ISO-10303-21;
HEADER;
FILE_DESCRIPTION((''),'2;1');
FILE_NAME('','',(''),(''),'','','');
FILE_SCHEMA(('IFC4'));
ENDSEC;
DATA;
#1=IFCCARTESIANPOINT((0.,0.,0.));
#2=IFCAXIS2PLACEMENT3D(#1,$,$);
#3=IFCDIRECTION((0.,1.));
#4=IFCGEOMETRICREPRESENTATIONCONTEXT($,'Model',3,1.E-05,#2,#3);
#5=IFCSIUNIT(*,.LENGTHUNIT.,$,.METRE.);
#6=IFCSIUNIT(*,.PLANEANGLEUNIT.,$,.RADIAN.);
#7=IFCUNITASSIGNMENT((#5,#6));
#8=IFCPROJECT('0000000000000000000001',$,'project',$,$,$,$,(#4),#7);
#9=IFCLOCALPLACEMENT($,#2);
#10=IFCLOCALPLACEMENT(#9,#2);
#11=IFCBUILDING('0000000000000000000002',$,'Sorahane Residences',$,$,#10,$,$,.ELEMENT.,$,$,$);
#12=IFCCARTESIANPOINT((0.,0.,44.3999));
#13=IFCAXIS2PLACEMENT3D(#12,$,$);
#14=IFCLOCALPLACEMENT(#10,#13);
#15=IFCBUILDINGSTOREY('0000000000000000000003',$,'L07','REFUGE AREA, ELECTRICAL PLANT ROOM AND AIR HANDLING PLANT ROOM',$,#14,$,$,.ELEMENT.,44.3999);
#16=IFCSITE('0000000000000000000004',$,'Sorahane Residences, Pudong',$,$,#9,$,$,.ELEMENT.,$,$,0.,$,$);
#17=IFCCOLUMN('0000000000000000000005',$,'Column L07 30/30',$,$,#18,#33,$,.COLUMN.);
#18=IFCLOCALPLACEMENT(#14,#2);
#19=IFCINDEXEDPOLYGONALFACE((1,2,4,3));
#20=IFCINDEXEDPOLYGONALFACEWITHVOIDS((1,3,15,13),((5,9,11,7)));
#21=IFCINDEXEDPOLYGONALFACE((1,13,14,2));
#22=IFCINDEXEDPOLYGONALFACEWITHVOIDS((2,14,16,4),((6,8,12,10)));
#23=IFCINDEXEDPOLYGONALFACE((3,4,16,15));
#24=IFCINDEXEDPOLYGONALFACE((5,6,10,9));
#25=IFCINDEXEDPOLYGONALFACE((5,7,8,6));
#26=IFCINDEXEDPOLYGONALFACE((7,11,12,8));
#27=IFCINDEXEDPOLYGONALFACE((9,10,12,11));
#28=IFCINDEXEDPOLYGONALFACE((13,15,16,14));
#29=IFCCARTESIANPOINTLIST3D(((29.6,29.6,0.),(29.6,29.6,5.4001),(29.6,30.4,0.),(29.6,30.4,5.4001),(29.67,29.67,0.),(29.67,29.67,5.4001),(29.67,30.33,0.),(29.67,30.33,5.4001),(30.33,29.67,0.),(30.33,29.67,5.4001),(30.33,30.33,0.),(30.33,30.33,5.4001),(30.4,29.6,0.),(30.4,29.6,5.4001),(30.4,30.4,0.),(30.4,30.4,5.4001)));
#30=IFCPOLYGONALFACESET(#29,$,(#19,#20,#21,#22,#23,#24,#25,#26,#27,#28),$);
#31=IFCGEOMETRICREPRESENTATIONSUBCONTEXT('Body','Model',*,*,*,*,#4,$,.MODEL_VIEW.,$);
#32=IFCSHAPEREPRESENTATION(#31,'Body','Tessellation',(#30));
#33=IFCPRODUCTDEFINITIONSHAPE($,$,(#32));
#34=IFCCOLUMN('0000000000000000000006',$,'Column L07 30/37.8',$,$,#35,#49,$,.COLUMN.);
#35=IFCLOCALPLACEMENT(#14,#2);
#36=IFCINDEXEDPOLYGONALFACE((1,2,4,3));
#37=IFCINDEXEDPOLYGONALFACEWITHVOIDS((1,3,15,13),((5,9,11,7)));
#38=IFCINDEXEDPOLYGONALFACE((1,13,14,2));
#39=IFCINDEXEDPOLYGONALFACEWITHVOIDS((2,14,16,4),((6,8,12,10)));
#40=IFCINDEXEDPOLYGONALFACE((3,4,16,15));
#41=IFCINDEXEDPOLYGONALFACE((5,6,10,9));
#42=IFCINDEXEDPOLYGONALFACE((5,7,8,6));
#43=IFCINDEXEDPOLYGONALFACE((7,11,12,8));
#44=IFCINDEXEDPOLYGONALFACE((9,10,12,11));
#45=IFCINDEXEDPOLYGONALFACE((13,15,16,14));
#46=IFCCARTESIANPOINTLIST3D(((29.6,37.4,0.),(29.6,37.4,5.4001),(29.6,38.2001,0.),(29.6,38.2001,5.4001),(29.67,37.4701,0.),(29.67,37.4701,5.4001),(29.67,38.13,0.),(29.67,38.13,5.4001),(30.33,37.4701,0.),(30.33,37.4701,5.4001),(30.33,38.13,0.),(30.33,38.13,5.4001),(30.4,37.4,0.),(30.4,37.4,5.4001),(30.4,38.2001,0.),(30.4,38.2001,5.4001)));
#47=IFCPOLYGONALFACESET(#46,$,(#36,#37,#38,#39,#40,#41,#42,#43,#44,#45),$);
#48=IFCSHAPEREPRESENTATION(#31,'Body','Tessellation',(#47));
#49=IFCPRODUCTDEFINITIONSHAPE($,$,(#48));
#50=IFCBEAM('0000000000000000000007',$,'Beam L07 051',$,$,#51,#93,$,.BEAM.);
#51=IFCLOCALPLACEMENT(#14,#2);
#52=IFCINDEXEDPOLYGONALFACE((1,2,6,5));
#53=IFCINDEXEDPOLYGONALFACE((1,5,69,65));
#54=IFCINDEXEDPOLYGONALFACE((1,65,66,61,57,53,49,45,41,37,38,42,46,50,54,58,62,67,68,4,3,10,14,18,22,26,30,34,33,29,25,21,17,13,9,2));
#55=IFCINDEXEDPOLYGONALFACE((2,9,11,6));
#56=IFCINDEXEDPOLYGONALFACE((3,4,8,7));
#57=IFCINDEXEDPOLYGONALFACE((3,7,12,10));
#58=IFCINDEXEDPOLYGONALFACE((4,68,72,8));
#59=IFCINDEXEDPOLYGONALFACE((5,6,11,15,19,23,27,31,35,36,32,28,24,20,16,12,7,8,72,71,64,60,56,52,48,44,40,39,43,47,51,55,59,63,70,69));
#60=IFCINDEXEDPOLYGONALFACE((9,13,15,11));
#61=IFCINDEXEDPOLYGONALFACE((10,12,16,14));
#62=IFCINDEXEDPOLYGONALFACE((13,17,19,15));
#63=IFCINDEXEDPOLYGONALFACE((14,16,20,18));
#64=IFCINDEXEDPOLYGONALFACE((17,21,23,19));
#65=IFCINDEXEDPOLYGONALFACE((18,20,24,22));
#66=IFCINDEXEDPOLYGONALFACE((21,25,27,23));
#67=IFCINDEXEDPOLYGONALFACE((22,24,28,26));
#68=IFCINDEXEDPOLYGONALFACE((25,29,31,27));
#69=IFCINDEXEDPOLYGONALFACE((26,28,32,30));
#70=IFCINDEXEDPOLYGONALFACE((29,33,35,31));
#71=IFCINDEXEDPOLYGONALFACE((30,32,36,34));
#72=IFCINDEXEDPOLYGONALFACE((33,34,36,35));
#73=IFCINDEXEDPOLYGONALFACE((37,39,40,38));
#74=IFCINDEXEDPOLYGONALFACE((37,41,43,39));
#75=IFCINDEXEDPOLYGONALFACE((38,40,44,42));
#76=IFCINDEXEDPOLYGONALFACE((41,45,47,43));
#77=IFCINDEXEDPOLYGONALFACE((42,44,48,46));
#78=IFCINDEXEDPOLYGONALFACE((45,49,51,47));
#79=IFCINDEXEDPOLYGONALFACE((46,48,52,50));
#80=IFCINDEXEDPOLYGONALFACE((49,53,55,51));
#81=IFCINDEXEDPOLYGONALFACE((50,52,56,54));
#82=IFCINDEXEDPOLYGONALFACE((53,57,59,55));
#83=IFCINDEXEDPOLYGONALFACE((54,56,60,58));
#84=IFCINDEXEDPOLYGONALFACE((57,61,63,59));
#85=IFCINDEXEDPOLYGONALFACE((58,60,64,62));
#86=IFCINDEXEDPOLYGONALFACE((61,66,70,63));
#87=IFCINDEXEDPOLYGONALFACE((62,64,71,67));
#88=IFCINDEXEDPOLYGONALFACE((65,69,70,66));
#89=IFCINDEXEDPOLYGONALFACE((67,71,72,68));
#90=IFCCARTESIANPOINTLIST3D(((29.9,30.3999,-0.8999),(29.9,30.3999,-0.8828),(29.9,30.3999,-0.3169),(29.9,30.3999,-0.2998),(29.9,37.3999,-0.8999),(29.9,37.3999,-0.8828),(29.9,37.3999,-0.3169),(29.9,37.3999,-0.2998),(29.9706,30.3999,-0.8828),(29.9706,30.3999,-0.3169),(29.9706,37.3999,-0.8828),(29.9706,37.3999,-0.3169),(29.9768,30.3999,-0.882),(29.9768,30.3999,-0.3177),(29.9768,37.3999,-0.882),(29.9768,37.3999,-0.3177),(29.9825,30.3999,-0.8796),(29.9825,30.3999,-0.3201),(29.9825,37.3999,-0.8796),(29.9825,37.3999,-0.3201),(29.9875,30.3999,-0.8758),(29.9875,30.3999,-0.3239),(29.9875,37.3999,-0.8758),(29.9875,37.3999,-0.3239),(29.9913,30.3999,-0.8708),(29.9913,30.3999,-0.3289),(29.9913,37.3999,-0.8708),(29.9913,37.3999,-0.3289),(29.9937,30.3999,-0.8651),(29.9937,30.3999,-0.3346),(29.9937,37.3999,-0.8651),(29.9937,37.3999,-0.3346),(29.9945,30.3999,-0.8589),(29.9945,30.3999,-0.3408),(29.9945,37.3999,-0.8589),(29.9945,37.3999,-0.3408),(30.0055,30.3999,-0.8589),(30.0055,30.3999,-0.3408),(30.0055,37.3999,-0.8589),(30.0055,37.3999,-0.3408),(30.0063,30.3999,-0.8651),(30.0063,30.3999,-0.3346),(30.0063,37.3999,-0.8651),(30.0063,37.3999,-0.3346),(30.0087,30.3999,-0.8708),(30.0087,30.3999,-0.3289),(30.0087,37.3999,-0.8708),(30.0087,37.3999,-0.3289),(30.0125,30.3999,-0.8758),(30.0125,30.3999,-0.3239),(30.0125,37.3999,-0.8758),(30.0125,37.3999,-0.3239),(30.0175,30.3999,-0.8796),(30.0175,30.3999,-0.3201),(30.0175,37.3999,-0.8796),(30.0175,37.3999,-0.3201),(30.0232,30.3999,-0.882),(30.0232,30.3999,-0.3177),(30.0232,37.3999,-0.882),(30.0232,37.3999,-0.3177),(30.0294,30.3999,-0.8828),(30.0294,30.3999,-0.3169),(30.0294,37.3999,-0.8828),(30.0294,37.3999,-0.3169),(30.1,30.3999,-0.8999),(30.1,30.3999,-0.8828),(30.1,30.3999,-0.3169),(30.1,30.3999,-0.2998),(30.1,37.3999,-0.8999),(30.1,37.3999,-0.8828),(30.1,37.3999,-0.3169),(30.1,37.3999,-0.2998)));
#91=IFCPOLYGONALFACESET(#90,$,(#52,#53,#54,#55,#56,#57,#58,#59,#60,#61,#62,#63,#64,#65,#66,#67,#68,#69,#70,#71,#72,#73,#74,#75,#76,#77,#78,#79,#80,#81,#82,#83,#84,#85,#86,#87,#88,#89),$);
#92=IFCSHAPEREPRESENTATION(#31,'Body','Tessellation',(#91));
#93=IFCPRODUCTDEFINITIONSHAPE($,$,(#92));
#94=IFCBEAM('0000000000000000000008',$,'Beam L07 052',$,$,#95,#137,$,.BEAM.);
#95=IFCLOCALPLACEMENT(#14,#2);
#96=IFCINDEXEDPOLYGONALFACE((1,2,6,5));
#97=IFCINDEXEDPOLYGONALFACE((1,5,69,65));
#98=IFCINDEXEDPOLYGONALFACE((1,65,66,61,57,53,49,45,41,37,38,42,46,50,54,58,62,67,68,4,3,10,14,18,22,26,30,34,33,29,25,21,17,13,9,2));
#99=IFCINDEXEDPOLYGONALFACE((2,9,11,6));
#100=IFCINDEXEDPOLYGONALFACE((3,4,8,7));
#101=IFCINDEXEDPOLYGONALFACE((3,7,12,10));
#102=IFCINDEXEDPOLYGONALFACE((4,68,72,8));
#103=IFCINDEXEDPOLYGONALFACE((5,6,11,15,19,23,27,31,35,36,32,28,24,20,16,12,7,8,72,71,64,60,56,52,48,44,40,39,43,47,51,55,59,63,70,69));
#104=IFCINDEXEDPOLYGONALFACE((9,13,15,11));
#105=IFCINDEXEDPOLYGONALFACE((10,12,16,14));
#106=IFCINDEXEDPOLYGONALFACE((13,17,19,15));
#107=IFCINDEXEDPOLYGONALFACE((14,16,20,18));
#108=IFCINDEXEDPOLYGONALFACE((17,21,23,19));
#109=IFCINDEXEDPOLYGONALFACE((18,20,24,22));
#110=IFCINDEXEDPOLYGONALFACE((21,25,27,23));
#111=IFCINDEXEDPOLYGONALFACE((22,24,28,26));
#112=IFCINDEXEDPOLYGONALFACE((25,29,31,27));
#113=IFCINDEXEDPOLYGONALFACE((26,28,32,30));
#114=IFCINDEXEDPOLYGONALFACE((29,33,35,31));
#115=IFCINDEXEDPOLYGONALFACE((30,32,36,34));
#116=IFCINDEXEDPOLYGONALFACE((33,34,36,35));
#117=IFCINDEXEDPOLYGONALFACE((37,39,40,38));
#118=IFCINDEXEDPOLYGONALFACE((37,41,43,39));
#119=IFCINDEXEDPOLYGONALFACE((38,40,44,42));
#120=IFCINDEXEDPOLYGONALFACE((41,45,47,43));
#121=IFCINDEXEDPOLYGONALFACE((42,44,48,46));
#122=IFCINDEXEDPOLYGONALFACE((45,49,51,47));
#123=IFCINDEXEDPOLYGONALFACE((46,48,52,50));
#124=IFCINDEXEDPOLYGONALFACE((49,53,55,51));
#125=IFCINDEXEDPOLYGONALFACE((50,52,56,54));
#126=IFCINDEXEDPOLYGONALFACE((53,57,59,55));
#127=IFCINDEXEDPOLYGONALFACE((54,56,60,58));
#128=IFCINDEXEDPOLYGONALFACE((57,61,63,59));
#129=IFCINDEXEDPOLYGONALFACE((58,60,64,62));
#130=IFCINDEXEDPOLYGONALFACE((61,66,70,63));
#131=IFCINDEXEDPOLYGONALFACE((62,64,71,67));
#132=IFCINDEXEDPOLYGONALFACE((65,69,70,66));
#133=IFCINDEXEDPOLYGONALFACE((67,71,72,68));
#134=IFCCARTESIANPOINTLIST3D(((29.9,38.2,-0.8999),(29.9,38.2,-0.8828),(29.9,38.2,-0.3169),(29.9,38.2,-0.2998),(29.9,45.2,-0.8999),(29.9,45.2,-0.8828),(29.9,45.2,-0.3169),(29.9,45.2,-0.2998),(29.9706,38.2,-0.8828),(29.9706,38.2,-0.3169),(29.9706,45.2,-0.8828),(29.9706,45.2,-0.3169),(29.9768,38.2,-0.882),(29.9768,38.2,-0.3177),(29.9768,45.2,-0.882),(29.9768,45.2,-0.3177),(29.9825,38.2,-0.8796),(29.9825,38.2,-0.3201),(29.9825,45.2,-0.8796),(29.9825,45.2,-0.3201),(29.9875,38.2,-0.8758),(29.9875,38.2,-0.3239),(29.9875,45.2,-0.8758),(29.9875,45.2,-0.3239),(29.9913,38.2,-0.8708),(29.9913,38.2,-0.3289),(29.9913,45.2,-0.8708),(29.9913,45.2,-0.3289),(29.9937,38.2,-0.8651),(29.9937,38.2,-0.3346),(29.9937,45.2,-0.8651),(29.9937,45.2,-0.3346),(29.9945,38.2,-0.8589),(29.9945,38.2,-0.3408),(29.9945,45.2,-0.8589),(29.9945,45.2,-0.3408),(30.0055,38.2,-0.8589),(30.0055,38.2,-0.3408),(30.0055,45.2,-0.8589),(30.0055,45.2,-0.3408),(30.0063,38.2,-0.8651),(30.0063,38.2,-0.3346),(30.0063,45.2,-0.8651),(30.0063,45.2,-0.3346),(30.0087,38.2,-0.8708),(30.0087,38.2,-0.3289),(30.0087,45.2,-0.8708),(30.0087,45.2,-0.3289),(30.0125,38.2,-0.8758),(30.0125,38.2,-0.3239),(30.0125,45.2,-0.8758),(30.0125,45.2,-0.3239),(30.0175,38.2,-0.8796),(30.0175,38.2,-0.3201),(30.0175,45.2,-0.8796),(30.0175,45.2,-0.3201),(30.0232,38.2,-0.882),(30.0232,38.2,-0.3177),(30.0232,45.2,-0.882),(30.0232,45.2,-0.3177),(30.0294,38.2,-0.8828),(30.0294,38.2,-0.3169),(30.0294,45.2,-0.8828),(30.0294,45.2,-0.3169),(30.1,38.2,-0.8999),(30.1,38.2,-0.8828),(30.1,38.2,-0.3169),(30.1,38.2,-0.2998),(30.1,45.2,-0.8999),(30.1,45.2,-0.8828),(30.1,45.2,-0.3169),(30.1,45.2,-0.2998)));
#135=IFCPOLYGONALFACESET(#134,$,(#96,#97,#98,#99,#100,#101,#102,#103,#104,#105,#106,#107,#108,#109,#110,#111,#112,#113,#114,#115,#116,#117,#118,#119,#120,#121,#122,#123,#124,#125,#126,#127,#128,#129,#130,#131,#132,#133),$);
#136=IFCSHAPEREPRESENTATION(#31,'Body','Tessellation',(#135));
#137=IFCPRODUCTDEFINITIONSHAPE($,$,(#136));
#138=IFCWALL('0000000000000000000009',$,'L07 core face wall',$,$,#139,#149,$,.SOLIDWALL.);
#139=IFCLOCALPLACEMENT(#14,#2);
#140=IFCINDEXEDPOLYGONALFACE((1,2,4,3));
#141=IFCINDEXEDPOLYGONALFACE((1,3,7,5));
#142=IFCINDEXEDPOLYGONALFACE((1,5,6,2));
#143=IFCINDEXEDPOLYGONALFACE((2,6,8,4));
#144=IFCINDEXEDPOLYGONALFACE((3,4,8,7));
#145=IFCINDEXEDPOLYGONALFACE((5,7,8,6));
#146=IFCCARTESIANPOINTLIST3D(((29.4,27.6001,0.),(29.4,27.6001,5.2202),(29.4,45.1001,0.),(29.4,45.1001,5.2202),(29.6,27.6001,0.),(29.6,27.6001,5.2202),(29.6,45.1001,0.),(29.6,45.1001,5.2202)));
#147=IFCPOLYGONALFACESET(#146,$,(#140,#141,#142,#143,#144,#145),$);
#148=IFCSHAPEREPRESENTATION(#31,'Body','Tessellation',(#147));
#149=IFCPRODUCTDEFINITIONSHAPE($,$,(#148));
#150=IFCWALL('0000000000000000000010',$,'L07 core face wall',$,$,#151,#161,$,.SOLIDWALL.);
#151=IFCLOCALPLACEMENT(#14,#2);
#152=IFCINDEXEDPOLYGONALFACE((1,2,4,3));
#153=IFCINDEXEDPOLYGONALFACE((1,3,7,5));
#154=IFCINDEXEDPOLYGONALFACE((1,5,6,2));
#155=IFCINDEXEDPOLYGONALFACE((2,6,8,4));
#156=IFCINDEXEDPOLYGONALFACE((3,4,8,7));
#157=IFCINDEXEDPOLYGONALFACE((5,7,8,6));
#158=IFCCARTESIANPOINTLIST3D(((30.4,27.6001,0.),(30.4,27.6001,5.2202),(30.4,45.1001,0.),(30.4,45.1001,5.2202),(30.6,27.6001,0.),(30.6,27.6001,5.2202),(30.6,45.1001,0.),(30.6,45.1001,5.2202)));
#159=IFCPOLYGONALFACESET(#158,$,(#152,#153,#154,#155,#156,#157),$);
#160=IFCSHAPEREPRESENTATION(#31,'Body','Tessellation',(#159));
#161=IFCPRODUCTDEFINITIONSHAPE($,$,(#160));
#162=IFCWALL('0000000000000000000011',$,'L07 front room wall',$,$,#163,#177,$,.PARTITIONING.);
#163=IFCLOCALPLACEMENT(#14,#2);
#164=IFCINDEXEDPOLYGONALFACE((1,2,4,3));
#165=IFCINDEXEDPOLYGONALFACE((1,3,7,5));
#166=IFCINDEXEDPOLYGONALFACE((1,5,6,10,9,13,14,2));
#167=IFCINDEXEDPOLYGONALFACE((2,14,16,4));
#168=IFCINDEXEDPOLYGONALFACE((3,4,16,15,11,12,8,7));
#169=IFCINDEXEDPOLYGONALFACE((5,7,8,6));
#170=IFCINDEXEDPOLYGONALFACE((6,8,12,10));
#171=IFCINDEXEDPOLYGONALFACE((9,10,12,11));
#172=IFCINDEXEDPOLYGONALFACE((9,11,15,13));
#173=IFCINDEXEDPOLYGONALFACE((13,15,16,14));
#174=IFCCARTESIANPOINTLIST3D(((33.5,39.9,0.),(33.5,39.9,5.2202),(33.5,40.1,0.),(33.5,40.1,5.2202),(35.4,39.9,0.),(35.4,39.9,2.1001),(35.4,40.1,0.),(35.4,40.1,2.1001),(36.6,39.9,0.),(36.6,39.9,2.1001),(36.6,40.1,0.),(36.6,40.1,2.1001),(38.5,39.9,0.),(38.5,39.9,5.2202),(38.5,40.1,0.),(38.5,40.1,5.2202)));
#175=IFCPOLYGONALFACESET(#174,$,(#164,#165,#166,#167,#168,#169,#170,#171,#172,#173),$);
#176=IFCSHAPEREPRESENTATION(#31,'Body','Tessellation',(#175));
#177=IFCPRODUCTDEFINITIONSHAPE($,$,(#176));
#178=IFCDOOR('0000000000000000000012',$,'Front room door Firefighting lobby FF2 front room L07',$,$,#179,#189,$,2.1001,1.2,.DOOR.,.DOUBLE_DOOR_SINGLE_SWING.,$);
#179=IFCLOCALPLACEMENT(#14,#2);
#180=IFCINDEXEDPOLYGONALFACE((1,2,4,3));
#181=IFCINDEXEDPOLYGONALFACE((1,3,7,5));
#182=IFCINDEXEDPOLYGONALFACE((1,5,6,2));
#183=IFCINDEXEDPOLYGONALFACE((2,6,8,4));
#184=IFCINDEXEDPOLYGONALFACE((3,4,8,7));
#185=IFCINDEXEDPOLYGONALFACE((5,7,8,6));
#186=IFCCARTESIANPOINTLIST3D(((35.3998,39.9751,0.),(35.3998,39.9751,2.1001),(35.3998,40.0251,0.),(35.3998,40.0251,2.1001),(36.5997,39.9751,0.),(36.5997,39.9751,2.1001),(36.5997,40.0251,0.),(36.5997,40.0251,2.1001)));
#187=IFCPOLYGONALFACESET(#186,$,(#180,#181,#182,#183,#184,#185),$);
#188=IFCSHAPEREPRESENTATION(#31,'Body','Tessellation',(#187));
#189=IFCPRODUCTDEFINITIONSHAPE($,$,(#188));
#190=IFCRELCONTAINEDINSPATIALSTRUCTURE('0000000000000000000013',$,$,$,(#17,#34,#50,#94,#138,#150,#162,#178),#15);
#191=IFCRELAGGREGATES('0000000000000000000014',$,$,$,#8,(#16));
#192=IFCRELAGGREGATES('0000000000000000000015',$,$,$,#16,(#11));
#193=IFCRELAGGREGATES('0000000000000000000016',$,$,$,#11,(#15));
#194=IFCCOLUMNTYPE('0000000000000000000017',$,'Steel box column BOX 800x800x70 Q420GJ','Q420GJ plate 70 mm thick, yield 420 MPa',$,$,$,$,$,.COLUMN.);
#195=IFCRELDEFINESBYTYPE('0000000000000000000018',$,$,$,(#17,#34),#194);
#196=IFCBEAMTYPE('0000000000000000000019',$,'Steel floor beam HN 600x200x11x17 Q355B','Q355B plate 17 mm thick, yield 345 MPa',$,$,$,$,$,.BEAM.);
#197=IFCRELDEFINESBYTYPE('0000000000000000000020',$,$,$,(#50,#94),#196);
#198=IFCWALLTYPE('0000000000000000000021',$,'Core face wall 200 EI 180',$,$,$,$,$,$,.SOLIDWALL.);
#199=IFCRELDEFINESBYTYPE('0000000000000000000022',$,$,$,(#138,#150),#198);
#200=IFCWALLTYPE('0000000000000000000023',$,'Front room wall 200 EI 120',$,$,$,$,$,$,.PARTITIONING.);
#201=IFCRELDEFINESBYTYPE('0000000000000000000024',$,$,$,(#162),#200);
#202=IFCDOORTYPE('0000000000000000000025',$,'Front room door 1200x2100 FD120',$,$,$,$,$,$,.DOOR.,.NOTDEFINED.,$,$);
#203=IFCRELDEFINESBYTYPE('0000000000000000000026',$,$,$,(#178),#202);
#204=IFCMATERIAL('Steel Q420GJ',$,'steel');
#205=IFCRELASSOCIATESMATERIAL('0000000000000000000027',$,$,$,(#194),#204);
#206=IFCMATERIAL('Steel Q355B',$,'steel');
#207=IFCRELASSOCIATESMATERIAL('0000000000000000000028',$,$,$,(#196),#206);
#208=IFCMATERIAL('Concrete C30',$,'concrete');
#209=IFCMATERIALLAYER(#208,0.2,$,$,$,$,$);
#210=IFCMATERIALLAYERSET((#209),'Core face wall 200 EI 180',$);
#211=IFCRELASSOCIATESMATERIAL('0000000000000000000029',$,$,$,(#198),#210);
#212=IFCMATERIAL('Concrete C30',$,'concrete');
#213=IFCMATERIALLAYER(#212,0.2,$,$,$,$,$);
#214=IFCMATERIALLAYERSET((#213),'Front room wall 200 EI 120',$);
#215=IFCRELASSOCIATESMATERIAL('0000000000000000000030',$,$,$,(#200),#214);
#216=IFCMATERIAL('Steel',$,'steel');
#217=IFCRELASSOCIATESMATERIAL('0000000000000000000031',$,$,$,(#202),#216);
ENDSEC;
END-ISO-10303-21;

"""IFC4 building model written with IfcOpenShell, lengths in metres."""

from ifc_helpers import new_model, si_unit, direction, frame, frame_2d, origin, origin_2d, place, context, subcontext, project, spatial, rectangle, hollow_rectangle, i_section, extrude, material, layer, layer_set, material_profile, profile_set, type_object, element, fill, save


model = new_model("IFC4")

# Units and contexts
model_context = context("Model", 3, precision=1e-05, world=origin(), true_north=direction((0.0, 1.0)))
body_context = subcontext(model_context, "Body", "Model", "MODEL_VIEW")
ifc_project = project(units=[si_unit("LENGTHUNIT", "METRE"), si_unit("PLANEANGLEUNIT", "RADIAN")], contexts=[model_context])

# Site, building, storey
site_placement = place(None, origin())
site = spatial("IfcSite", under=ifc_project, at=site_placement, Name="Sorahane Residences, Pudong", CompositionType="ELEMENT", RefElevation=0.0)
building_placement = place(site_placement, origin())
building = spatial("IfcBuilding", under=site, at=building_placement, Name="Sorahane Residences", CompositionType="ELEMENT")
storey_placement = place(building_placement, frame((0.0, 0.0, 44.3999)))
storey = spatial("IfcBuildingStorey", under=building, at=storey_placement, Name="L07", Description="REFUGE AREA, ELECTRICAL PLANT ROOM AND AIR HANDLING PLANT ROOM", CompositionType="ELEMENT", Elevation=44.3999)

# Columns
ifc_material_1 = material(Name="Steel Q420GJ", Category="steel")
ifc_material_profile_1 = material_profile(ifc_material_1, hollow_rectangle(XDim=0.8, YDim=0.8, WallThickness=0.0701, at=origin_2d()), Name="BOX 800x800x70")
ifc_profile_set_1 = profile_set([ifc_material_profile_1], Name="Steel Q420GJ")
column_type = type_object("IfcColumnType", Name="Steel box column BOX 800x800x70 Q420GJ", Description="Q420GJ plate 70 mm thick, yield 420 MPa", PredefinedType="COLUMN", material=ifc_profile_set_1)
for number, where, z_axis, x_axis, name in (
    (1, (30.0, 30.0, 0.0), (0.0, 0.0, 1.0), (1.0, 0.0, 0.0), "Column L07 30/30"),
    (2, (30.0, 37.8, 0.0), (0.0, 0.0, 1.0), (1.0, 0.0, 0.0), "Column L07 30/37.8"),
):
    element("IfcColumn", number, at=place(storey_placement, frame(where, z_axis=z_axis, x_axis=x_axis)), inside=storey, type_object=column_type, Name=name, PredefinedType="COLUMN", context=body_context, shape_type="SweptSolid", body=[
        extrude(hollow_rectangle(XDim=0.8, YDim=0.8, WallThickness=0.0701, at=origin_2d()), origin(), (0.0, 0.0, 1.0), 5.4001),
    ])

# Beams
ifc_material_2 = material(Name="Steel Q355B", Category="steel")
ifc_material_profile_2 = material_profile(ifc_material_2, i_section(OverallWidth=0.2, OverallDepth=0.6001, WebThickness=0.011, FlangeThickness=0.0171, FilletRadius=0.0239, at=origin_2d()), Name="HN 600x200x11x17")
ifc_profile_set_2 = profile_set([ifc_material_profile_2], Name="Steel Q355B")
beam_type = type_object("IfcBeamType", Name="Steel floor beam HN 600x200x11x17 Q355B", Description="Q355B plate 17 mm thick, yield 345 MPa", PredefinedType="BEAM", material=ifc_profile_set_2)
for number, where, z_axis, x_axis, name in (
    (3, (30.0, 30.3999, -0.5999), (0.0, 1.0, 0.0), (-1.0, 0.0, 0.0), "Beam L07 051"),
    (4, (30.0, 38.2, -0.5999), (0.0, 1.0, 0.0), (-1.0, 0.0, 0.0), "Beam L07 052"),
):
    element("IfcBeam", number, at=place(storey_placement, frame(where, z_axis=z_axis, x_axis=x_axis)), inside=storey, type_object=beam_type, Name=name, PredefinedType="BEAM", context=body_context, shape_type="SweptSolid", body=[
        extrude(i_section(OverallWidth=0.2, OverallDepth=0.6001, WebThickness=0.011, FlangeThickness=0.0171, FilletRadius=0.0239, at=origin_2d()), origin(), (0.0, 0.0, 1.0), 7.0),
    ])

# Walls
ifc_material_3 = material(Name="Concrete C30", Category="concrete")
ifc_layer_1 = layer(ifc_material_3, 0.2)
ifc_layer_set_1 = layer_set([ifc_layer_1], Name="Core face wall 200 EI 180")
wall_type_1 = type_object("IfcWallType", Name="Core face wall 200 EI 180", PredefinedType="SOLIDWALL", material=ifc_layer_set_1)
for number, where, z_axis, x_axis, name in (
    (5, (29.5, 27.6001, 0.0), (0.0, 0.0, 1.0), (0.0, 1.0, 0.0), "L07 core face wall"),
    (6, (30.5, 27.6001, 0.0), (0.0, 0.0, 1.0), (0.0, 1.0, 0.0), "L07 core face wall"),
):
    element("IfcWall", number, at=place(storey_placement, frame(where, z_axis=z_axis, x_axis=x_axis)), inside=storey, type_object=wall_type_1, Name=name, PredefinedType="SOLIDWALL", context=body_context, shape_type="SweptSolid", body=[
        extrude(rectangle(XDim=17.5, YDim=0.2, at=frame_2d((8.75, 0.0))), origin(), (0.0, 0.0, 1.0), 5.2202),
    ])

# Wall, opening, door
ifc_material_4 = material(Name="Concrete C30", Category="concrete")
ifc_layer_2 = layer(ifc_material_4, 0.2)
ifc_layer_set_2 = layer_set([ifc_layer_2], Name="Front room wall 200 EI 120")
wall_type_2 = type_object("IfcWallType", Name="Front room wall 200 EI 120", PredefinedType="PARTITIONING", material=ifc_layer_set_2)
wall_1_placement = place(storey_placement, frame((33.5, 40.0, 0.0), z_axis=(0.0, 0.0, 1.0), x_axis=(1.0, 0.0, 0.0)))
wall_1 = element("IfcWall", 7, at=wall_1_placement, inside=storey, type_object=wall_type_2, Name="L07 front room wall", PredefinedType="PARTITIONING", context=body_context, shape_type="SweptSolid", body=[
    extrude(rectangle(XDim=5.0, YDim=0.2, at=frame_2d((2.5, 0.0))), origin(), (0.0, 0.0, 1.0), 5.2202),
])
opening_1_placement = place(wall_1_placement, frame((1.8999, 0.0, 0.0)))
opening_1 = element("IfcOpeningElement", 8, at=opening_1_placement, cuts=wall_1, PredefinedType="OPENING", context=body_context, shape_type="SweptSolid", body=[
    extrude(rectangle(XDim=1.2, YDim=2.1001, at=frame_2d((0.6001, 1.05))), frame((0.0, 0.1099, 0.0), z_axis=(0.0, -1.0, 0.0), x_axis=(1.0, 0.0, 0.0)), (0.0, 0.0, 1.0), 0.22),
])
ifc_material_5 = material(Name="Steel", Category="steel")
door_type_1 = type_object("IfcDoorType", Name="Front room door 1200x2100 FD120", OperationType="NOTDEFINED", PredefinedType="DOOR", material=ifc_material_5)
door_1_placement = place(opening_1_placement, frame((1.2, 0.0, 0.0), z_axis=(0.0, 0.0, 1.0), x_axis=(-1.0, 0.0, 0.0)))
door_1 = element("IfcDoor", 9, at=door_1_placement, inside=storey, type_object=door_type_1, Name="Front room door Firefighting lobby FF2 front room L07", OperationType="DOUBLE_DOOR_SINGLE_SWING", OverallHeight=2.1001, OverallWidth=1.2, PredefinedType="DOOR", context=body_context, shape_type="SweptSolid", body=[
    extrude(rectangle(XDim=1.2, YDim=2.1001, at=frame_2d((0.6001, 1.05))), frame((0.0, 0.0249, 0.0), z_axis=(0.0, -1.0, 0.0), x_axis=(1.0, 0.0, 0.0)), (0.0, 0.0, 1.0), 0.05),
])
fill(opening_1, door_1)

save(model, "model.ifc")
